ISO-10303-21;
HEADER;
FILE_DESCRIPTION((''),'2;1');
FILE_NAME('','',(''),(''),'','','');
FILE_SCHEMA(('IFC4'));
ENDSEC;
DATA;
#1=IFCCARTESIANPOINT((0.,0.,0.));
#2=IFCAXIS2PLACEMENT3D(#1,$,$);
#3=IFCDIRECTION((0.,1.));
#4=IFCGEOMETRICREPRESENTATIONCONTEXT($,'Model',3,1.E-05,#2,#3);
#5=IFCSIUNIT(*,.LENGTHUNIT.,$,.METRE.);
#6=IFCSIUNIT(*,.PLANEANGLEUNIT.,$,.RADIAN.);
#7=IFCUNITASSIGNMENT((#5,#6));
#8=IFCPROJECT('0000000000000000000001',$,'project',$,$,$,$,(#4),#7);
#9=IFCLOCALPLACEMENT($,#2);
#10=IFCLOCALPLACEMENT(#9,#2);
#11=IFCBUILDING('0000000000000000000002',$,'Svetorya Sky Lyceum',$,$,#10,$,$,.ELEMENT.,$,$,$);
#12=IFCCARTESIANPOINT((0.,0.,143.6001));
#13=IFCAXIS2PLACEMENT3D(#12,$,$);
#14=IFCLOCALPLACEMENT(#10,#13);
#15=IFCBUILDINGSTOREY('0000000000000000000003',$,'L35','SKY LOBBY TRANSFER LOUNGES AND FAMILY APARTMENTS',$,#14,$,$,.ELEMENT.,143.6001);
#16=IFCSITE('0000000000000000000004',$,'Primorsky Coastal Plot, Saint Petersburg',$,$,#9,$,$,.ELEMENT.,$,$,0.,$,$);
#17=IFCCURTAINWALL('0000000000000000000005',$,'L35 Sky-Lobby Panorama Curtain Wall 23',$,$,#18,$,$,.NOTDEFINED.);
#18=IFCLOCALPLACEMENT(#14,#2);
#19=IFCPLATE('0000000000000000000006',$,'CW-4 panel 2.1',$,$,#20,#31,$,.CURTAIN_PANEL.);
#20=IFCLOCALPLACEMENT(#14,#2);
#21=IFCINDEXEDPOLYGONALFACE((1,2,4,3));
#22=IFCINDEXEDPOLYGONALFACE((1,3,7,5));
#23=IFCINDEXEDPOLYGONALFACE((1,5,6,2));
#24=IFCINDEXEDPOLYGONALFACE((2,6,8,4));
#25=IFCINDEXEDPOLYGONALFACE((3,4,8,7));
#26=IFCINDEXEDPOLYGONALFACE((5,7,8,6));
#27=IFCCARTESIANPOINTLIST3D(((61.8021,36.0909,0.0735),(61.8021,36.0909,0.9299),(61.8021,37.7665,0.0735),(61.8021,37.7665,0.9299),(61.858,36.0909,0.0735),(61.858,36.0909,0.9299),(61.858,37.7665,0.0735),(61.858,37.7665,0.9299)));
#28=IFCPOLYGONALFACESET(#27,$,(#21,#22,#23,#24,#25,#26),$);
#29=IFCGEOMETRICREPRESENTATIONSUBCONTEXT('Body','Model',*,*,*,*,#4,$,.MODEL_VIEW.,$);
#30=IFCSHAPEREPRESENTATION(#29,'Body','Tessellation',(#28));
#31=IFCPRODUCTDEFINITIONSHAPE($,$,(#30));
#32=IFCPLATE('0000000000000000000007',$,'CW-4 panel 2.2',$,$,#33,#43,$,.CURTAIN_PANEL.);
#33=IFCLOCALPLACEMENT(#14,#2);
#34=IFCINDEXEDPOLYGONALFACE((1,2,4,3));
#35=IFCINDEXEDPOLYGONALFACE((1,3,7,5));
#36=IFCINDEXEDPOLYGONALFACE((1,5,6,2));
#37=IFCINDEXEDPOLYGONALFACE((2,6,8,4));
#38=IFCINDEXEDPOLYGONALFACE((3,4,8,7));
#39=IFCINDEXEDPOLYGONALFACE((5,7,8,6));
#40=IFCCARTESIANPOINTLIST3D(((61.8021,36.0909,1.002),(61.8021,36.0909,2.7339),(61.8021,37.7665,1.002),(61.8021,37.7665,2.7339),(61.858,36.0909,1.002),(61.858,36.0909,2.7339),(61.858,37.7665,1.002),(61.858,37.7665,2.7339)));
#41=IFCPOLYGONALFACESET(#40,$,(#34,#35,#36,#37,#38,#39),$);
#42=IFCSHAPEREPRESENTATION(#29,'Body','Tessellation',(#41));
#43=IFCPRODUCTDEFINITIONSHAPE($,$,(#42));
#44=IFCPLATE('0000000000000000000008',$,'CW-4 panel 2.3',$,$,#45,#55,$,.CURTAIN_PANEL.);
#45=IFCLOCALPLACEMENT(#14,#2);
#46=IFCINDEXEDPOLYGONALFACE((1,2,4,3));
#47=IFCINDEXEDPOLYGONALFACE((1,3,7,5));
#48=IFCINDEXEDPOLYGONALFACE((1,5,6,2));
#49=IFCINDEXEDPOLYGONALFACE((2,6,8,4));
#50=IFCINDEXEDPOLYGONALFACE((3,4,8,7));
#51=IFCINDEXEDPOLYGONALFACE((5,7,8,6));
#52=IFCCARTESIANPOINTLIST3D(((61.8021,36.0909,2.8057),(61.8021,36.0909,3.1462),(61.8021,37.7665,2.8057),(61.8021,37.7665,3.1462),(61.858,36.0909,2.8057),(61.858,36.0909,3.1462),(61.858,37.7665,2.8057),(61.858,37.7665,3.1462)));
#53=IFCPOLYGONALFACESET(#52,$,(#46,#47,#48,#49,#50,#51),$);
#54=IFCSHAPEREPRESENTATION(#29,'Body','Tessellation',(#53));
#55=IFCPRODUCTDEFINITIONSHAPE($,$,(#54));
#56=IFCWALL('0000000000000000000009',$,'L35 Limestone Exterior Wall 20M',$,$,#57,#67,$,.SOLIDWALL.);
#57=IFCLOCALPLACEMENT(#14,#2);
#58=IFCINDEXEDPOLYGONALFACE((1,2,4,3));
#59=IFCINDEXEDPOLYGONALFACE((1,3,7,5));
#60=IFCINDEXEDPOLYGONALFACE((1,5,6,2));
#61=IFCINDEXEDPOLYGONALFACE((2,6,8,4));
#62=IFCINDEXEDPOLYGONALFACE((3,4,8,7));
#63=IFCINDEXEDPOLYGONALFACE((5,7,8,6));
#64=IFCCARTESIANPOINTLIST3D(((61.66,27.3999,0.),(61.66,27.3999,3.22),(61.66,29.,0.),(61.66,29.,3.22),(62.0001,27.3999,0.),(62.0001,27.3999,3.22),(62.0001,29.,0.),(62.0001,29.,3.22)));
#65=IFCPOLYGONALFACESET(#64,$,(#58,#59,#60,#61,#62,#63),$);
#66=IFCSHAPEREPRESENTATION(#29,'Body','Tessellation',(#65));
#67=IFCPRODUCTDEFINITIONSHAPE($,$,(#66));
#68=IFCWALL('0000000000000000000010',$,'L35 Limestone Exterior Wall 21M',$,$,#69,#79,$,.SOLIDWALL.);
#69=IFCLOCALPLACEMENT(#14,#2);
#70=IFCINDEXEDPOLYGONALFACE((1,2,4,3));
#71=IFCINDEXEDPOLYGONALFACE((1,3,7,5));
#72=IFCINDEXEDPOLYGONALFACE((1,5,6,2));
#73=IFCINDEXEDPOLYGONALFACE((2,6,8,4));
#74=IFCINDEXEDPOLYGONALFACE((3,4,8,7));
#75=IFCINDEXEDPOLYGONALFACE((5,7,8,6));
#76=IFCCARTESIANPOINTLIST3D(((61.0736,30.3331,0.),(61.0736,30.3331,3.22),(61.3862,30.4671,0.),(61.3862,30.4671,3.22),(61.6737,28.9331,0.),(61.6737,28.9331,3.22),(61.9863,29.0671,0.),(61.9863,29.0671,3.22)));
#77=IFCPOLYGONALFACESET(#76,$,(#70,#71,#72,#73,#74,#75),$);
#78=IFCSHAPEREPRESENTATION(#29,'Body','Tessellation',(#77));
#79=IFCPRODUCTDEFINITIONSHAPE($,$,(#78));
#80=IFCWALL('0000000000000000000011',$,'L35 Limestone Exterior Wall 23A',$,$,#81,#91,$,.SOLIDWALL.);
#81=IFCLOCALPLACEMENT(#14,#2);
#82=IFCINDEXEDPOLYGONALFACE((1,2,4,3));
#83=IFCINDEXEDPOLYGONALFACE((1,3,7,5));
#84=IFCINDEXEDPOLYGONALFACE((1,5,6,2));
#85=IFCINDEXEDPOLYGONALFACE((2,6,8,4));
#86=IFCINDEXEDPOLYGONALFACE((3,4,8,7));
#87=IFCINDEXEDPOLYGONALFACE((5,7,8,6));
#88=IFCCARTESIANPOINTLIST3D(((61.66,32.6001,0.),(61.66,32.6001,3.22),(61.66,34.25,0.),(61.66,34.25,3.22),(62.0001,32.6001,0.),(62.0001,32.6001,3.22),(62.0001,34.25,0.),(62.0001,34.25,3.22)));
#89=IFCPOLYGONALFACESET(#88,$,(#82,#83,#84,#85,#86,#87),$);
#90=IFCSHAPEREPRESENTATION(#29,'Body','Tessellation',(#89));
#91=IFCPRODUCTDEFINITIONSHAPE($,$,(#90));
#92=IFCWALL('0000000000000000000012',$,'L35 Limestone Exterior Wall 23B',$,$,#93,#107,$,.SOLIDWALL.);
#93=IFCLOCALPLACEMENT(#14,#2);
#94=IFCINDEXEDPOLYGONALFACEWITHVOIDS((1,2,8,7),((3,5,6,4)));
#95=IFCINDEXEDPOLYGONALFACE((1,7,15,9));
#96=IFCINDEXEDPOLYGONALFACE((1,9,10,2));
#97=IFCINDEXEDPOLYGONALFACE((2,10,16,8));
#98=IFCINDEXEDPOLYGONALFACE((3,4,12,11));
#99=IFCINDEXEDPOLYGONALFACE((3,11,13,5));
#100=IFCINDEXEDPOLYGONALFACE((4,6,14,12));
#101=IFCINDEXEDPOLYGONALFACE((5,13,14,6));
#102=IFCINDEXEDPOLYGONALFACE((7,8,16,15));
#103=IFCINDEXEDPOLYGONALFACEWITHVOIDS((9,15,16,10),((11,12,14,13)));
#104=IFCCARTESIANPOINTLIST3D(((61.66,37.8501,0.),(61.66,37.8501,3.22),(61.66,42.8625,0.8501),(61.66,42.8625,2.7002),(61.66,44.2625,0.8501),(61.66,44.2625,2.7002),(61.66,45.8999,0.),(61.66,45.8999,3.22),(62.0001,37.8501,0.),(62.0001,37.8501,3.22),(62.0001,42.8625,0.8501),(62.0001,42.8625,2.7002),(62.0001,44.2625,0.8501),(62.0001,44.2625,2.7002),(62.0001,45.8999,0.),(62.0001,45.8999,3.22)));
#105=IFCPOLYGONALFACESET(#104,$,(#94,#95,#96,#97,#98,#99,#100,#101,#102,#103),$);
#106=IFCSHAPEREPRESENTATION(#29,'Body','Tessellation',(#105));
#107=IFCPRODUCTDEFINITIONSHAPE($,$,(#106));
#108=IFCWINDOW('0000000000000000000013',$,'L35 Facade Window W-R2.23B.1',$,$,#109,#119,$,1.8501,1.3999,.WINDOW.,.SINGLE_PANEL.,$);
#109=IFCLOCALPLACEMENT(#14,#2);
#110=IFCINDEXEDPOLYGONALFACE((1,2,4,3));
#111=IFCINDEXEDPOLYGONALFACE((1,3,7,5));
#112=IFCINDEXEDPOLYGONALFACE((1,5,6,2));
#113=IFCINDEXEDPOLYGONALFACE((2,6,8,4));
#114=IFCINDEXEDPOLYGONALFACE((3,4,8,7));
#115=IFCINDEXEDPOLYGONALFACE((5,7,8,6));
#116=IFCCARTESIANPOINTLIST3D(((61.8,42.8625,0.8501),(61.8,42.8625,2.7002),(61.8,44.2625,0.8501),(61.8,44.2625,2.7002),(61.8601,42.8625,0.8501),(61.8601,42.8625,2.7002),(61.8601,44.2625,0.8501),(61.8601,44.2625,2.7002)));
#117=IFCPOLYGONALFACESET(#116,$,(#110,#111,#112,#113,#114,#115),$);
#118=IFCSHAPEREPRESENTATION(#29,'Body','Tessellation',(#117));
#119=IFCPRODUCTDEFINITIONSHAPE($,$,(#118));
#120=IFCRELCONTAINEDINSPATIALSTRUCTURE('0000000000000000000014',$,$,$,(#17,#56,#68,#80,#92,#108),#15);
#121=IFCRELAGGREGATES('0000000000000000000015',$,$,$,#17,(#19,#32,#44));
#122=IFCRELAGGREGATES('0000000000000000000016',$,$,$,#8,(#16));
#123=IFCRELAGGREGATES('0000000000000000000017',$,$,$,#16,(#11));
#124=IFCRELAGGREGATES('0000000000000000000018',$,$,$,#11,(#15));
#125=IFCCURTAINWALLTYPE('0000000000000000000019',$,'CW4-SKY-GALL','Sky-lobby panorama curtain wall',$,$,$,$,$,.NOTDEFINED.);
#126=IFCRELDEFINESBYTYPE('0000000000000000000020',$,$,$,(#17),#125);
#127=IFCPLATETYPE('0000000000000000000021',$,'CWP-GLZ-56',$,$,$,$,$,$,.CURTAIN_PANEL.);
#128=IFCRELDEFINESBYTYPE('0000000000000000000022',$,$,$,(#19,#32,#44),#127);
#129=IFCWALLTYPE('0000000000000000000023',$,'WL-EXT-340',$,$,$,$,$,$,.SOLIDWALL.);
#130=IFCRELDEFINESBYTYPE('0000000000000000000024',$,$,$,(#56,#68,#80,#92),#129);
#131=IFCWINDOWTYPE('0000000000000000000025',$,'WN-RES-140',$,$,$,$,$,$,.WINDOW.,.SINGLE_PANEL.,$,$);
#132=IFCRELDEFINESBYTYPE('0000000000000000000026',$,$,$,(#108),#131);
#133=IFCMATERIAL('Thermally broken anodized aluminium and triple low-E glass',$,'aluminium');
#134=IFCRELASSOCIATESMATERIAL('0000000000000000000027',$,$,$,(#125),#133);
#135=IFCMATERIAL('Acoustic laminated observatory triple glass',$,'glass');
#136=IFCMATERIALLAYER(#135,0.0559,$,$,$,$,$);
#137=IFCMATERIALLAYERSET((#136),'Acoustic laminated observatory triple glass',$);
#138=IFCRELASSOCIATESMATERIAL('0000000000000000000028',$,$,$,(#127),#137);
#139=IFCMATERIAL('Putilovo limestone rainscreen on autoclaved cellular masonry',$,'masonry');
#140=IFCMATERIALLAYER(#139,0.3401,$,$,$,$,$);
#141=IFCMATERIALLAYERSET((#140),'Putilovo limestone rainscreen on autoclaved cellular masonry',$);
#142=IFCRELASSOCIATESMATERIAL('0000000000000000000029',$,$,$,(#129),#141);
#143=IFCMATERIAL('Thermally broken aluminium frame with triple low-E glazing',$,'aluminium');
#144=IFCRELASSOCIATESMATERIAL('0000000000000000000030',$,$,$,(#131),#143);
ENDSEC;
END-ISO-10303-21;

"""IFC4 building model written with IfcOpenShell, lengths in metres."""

from ifc_helpers import new_model, si_unit, direction, frame, frame_2d, origin, origin_2d, place, context, subcontext, project, spatial, rectangle, extrude, material, layer, layer_set, type_object, element, fill, aggregate, save


model = new_model("IFC4")

# Units and contexts
model_context = context("Model", 3, precision=1e-05, world=origin(), true_north=direction((0.0, 1.0)))
body_context = subcontext(model_context, "Body", "Model", "MODEL_VIEW")
ifc_project = project(units=[si_unit("LENGTHUNIT", "METRE"), si_unit("PLANEANGLEUNIT", "RADIAN")], contexts=[model_context])

# Site, building, storey
site_placement = place(None, origin())
site = spatial("IfcSite", under=ifc_project, at=site_placement, Name="Primorsky Coastal Plot, Saint Petersburg", CompositionType="ELEMENT", RefElevation=0.0)
building_placement = place(site_placement, origin())
building = spatial("IfcBuilding", under=site, at=building_placement, Name="Svetorya Sky Lyceum", CompositionType="ELEMENT")
storey_placement = place(building_placement, frame((0.0, 0.0, 143.6001)))
storey = spatial("IfcBuildingStorey", under=building, at=storey_placement, Name="L35", Description="SKY LOBBY TRANSFER LOUNGES AND FAMILY APARTMENTS", CompositionType="ELEMENT", Elevation=143.6001)

# Curtain wall, plates
ifc_material_1 = material(Name="Thermally broken anodized aluminium and triple low-E glass", Category="aluminium")
curtain_wall_type = type_object("IfcCurtainWallType", Name="CW4-SKY-GALL", Description="Sky-lobby panorama curtain wall", PredefinedType="NOTDEFINED", material=ifc_material_1)
curtain_wall_placement = place(storey_placement, origin())
curtain_wall = element("IfcCurtainWall", 1, at=curtain_wall_placement, inside=storey, type_object=curtain_wall_type, Name="L35 Sky-Lobby Panorama Curtain Wall 23", PredefinedType="NOTDEFINED")
ifc_material_2 = material(Name="Acoustic laminated observatory triple glass", Category="glass")
ifc_layer_1 = layer(ifc_material_2, 0.0559)
ifc_layer_set_1 = layer_set([ifc_layer_1], Name="Acoustic laminated observatory triple glass")
plate_type = type_object("IfcPlateType", Name="CWP-GLZ-56", PredefinedType="CURTAIN_PANEL", material=ifc_layer_set_1)
plate_1_placement = place(storey_placement, frame((61.8301, 36.9287, 0.0735), z_axis=(0.0, 0.0, 1.0), x_axis=(0.0, 1.0, 0.0)))
plate_1 = element("IfcPlate", 2, at=plate_1_placement, type_object=plate_type, Name="CW-4 panel 2.1", PredefinedType="CURTAIN_PANEL", context=body_context, shape_type="SweptSolid", body=[
    extrude(rectangle(XDim=1.6755, YDim=0.0559, at=origin_2d()), origin(), (0.0, 0.0, 1.0), 0.8564),
])
plate_2_placement = place(storey_placement, frame((61.8301, 36.9287, 1.002), z_axis=(0.0, 0.0, 1.0), x_axis=(0.0, 1.0, 0.0)))
plate_2 = element("IfcPlate", 3, at=plate_2_placement, type_object=plate_type, Name="CW-4 panel 2.2", PredefinedType="CURTAIN_PANEL", context=body_context, shape_type="SweptSolid", body=[
    extrude(rectangle(XDim=1.6755, YDim=0.0559, at=origin_2d()), origin(), (0.0, 0.0, 1.0), 1.7319),
])
plate_3_placement = place(storey_placement, frame((61.8301, 36.9287, 2.8057), z_axis=(0.0, 0.0, 1.0), x_axis=(0.0, 1.0, 0.0)))
plate_3 = element("IfcPlate", 4, at=plate_3_placement, type_object=plate_type, Name="CW-4 panel 2.3", PredefinedType="CURTAIN_PANEL", context=body_context, shape_type="SweptSolid", body=[
    extrude(rectangle(XDim=1.6755, YDim=0.0559, at=origin_2d()), origin(), (0.0, 0.0, 1.0), 0.3406),
])
aggregate(curtain_wall, [plate_1, plate_2, plate_3])

# Walls
ifc_material_3 = material(Name="Putilovo limestone rainscreen on autoclaved cellular masonry", Category="masonry")
ifc_layer_2 = layer(ifc_material_3, 0.3401)
ifc_layer_set_2 = layer_set([ifc_layer_2], Name="Putilovo limestone rainscreen on autoclaved cellular masonry")
wall_type = type_object("IfcWallType", Name="WL-EXT-340", PredefinedType="SOLIDWALL", material=ifc_layer_set_2)
wall_1_placement = place(storey_placement, frame((61.8301, 27.3999, 0.0), z_axis=(0.0, 0.0, 1.0), x_axis=(0.0, 1.0, 0.0)))
element("IfcWall", 5, at=wall_1_placement, inside=storey, type_object=wall_type, Name="L35 Limestone Exterior Wall 20M", PredefinedType="SOLIDWALL", context=body_context, shape_type="SweptSolid", body=[
    extrude(rectangle(XDim=1.6001, YDim=0.3401, at=frame_2d((0.8, 0.0))), origin(), (0.0, 0.0, 1.0), 3.22),
])
wall_2_placement = place(storey_placement, frame((61.8301, 29.0, 0.0), z_axis=(0.0, 0.0, 1.0), x_axis=(-0.393997, 0.919112, 0.0)))
element("IfcWall", 6, at=wall_2_placement, inside=storey, type_object=wall_type, Name="L35 Limestone Exterior Wall 21M", PredefinedType="SOLIDWALL", context=body_context, shape_type="SweptSolid", body=[
    extrude(rectangle(XDim=1.5232, YDim=0.3401, at=frame_2d((0.7617, 0.0))), origin(), (0.0, 0.0, 1.0), 3.22),
])
wall_3_placement = place(storey_placement, frame((61.8301, 32.6001, 0.0), z_axis=(0.0, 0.0, 1.0), x_axis=(0.0, 1.0, 0.0)))
element("IfcWall", 7, at=wall_3_placement, inside=storey, type_object=wall_type, Name="L35 Limestone Exterior Wall 23A", PredefinedType="SOLIDWALL", context=body_context, shape_type="SweptSolid", body=[
    extrude(rectangle(XDim=1.6499, YDim=0.3401, at=frame_2d((0.825, 0.0))), origin(), (0.0, 0.0, 1.0), 3.22),
])

# Wall, opening, window
wall_4_placement = place(storey_placement, frame((61.8301, 37.8501, 0.0), z_axis=(0.0, 0.0, 1.0), x_axis=(0.0, 1.0, 0.0)))
wall_4 = element("IfcWall", 8, at=wall_4_placement, inside=storey, type_object=wall_type, Name="L35 Limestone Exterior Wall 23B", PredefinedType="SOLIDWALL", context=body_context, shape_type="SweptSolid", body=[
    extrude(rectangle(XDim=8.0498, YDim=0.3401, at=frame_2d((4.0249, 0.0))), origin(), (0.0, 0.0, 1.0), 3.22),
])
opening_placement = place(wall_4_placement, frame((5.0125, 0.0, 0.8501)))
opening = element("IfcOpeningElement", 9, at=opening_placement, cuts=wall_4, PredefinedType="OPENING", context=body_context, shape_type="SweptSolid", body=[
    extrude(rectangle(XDim=1.3999, YDim=1.8501, at=frame_2d((0.7, 0.925))), frame((0.0, 0.1799, 0.0), z_axis=(0.0, -1.0, 0.0), x_axis=(1.0, 0.0, 0.0)), (0.0, 0.0, 1.0), 0.3601),
])
ifc_material_4 = material(Name="Thermally broken aluminium frame with triple low-E glazing", Category="aluminium")
window_type = type_object("IfcWindowType", Name="WN-RES-140", PartitioningType="SINGLE_PANEL", PredefinedType="WINDOW", material=ifc_material_4)
window_placement = place(opening_placement, origin())
window = element("IfcWindow", 10, at=window_placement, inside=storey, type_object=window_type, Name="L35 Facade Window W-R2.23B.1", OverallHeight=1.8501, OverallWidth=1.3999, PartitioningType="SINGLE_PANEL", PredefinedType="WINDOW", context=body_context, shape_type="SweptSolid", body=[
    extrude(rectangle(XDim=1.3999, YDim=1.8501, at=frame_2d((0.7, 0.925))), frame((0.0, 0.03, 0.0), z_axis=(0.0, -1.0, 0.0), x_axis=(1.0, 0.0, 0.0)), (0.0, 0.0, 1.0), 0.0601),
])
fill(opening, window)

save(model, "model.ifc")
